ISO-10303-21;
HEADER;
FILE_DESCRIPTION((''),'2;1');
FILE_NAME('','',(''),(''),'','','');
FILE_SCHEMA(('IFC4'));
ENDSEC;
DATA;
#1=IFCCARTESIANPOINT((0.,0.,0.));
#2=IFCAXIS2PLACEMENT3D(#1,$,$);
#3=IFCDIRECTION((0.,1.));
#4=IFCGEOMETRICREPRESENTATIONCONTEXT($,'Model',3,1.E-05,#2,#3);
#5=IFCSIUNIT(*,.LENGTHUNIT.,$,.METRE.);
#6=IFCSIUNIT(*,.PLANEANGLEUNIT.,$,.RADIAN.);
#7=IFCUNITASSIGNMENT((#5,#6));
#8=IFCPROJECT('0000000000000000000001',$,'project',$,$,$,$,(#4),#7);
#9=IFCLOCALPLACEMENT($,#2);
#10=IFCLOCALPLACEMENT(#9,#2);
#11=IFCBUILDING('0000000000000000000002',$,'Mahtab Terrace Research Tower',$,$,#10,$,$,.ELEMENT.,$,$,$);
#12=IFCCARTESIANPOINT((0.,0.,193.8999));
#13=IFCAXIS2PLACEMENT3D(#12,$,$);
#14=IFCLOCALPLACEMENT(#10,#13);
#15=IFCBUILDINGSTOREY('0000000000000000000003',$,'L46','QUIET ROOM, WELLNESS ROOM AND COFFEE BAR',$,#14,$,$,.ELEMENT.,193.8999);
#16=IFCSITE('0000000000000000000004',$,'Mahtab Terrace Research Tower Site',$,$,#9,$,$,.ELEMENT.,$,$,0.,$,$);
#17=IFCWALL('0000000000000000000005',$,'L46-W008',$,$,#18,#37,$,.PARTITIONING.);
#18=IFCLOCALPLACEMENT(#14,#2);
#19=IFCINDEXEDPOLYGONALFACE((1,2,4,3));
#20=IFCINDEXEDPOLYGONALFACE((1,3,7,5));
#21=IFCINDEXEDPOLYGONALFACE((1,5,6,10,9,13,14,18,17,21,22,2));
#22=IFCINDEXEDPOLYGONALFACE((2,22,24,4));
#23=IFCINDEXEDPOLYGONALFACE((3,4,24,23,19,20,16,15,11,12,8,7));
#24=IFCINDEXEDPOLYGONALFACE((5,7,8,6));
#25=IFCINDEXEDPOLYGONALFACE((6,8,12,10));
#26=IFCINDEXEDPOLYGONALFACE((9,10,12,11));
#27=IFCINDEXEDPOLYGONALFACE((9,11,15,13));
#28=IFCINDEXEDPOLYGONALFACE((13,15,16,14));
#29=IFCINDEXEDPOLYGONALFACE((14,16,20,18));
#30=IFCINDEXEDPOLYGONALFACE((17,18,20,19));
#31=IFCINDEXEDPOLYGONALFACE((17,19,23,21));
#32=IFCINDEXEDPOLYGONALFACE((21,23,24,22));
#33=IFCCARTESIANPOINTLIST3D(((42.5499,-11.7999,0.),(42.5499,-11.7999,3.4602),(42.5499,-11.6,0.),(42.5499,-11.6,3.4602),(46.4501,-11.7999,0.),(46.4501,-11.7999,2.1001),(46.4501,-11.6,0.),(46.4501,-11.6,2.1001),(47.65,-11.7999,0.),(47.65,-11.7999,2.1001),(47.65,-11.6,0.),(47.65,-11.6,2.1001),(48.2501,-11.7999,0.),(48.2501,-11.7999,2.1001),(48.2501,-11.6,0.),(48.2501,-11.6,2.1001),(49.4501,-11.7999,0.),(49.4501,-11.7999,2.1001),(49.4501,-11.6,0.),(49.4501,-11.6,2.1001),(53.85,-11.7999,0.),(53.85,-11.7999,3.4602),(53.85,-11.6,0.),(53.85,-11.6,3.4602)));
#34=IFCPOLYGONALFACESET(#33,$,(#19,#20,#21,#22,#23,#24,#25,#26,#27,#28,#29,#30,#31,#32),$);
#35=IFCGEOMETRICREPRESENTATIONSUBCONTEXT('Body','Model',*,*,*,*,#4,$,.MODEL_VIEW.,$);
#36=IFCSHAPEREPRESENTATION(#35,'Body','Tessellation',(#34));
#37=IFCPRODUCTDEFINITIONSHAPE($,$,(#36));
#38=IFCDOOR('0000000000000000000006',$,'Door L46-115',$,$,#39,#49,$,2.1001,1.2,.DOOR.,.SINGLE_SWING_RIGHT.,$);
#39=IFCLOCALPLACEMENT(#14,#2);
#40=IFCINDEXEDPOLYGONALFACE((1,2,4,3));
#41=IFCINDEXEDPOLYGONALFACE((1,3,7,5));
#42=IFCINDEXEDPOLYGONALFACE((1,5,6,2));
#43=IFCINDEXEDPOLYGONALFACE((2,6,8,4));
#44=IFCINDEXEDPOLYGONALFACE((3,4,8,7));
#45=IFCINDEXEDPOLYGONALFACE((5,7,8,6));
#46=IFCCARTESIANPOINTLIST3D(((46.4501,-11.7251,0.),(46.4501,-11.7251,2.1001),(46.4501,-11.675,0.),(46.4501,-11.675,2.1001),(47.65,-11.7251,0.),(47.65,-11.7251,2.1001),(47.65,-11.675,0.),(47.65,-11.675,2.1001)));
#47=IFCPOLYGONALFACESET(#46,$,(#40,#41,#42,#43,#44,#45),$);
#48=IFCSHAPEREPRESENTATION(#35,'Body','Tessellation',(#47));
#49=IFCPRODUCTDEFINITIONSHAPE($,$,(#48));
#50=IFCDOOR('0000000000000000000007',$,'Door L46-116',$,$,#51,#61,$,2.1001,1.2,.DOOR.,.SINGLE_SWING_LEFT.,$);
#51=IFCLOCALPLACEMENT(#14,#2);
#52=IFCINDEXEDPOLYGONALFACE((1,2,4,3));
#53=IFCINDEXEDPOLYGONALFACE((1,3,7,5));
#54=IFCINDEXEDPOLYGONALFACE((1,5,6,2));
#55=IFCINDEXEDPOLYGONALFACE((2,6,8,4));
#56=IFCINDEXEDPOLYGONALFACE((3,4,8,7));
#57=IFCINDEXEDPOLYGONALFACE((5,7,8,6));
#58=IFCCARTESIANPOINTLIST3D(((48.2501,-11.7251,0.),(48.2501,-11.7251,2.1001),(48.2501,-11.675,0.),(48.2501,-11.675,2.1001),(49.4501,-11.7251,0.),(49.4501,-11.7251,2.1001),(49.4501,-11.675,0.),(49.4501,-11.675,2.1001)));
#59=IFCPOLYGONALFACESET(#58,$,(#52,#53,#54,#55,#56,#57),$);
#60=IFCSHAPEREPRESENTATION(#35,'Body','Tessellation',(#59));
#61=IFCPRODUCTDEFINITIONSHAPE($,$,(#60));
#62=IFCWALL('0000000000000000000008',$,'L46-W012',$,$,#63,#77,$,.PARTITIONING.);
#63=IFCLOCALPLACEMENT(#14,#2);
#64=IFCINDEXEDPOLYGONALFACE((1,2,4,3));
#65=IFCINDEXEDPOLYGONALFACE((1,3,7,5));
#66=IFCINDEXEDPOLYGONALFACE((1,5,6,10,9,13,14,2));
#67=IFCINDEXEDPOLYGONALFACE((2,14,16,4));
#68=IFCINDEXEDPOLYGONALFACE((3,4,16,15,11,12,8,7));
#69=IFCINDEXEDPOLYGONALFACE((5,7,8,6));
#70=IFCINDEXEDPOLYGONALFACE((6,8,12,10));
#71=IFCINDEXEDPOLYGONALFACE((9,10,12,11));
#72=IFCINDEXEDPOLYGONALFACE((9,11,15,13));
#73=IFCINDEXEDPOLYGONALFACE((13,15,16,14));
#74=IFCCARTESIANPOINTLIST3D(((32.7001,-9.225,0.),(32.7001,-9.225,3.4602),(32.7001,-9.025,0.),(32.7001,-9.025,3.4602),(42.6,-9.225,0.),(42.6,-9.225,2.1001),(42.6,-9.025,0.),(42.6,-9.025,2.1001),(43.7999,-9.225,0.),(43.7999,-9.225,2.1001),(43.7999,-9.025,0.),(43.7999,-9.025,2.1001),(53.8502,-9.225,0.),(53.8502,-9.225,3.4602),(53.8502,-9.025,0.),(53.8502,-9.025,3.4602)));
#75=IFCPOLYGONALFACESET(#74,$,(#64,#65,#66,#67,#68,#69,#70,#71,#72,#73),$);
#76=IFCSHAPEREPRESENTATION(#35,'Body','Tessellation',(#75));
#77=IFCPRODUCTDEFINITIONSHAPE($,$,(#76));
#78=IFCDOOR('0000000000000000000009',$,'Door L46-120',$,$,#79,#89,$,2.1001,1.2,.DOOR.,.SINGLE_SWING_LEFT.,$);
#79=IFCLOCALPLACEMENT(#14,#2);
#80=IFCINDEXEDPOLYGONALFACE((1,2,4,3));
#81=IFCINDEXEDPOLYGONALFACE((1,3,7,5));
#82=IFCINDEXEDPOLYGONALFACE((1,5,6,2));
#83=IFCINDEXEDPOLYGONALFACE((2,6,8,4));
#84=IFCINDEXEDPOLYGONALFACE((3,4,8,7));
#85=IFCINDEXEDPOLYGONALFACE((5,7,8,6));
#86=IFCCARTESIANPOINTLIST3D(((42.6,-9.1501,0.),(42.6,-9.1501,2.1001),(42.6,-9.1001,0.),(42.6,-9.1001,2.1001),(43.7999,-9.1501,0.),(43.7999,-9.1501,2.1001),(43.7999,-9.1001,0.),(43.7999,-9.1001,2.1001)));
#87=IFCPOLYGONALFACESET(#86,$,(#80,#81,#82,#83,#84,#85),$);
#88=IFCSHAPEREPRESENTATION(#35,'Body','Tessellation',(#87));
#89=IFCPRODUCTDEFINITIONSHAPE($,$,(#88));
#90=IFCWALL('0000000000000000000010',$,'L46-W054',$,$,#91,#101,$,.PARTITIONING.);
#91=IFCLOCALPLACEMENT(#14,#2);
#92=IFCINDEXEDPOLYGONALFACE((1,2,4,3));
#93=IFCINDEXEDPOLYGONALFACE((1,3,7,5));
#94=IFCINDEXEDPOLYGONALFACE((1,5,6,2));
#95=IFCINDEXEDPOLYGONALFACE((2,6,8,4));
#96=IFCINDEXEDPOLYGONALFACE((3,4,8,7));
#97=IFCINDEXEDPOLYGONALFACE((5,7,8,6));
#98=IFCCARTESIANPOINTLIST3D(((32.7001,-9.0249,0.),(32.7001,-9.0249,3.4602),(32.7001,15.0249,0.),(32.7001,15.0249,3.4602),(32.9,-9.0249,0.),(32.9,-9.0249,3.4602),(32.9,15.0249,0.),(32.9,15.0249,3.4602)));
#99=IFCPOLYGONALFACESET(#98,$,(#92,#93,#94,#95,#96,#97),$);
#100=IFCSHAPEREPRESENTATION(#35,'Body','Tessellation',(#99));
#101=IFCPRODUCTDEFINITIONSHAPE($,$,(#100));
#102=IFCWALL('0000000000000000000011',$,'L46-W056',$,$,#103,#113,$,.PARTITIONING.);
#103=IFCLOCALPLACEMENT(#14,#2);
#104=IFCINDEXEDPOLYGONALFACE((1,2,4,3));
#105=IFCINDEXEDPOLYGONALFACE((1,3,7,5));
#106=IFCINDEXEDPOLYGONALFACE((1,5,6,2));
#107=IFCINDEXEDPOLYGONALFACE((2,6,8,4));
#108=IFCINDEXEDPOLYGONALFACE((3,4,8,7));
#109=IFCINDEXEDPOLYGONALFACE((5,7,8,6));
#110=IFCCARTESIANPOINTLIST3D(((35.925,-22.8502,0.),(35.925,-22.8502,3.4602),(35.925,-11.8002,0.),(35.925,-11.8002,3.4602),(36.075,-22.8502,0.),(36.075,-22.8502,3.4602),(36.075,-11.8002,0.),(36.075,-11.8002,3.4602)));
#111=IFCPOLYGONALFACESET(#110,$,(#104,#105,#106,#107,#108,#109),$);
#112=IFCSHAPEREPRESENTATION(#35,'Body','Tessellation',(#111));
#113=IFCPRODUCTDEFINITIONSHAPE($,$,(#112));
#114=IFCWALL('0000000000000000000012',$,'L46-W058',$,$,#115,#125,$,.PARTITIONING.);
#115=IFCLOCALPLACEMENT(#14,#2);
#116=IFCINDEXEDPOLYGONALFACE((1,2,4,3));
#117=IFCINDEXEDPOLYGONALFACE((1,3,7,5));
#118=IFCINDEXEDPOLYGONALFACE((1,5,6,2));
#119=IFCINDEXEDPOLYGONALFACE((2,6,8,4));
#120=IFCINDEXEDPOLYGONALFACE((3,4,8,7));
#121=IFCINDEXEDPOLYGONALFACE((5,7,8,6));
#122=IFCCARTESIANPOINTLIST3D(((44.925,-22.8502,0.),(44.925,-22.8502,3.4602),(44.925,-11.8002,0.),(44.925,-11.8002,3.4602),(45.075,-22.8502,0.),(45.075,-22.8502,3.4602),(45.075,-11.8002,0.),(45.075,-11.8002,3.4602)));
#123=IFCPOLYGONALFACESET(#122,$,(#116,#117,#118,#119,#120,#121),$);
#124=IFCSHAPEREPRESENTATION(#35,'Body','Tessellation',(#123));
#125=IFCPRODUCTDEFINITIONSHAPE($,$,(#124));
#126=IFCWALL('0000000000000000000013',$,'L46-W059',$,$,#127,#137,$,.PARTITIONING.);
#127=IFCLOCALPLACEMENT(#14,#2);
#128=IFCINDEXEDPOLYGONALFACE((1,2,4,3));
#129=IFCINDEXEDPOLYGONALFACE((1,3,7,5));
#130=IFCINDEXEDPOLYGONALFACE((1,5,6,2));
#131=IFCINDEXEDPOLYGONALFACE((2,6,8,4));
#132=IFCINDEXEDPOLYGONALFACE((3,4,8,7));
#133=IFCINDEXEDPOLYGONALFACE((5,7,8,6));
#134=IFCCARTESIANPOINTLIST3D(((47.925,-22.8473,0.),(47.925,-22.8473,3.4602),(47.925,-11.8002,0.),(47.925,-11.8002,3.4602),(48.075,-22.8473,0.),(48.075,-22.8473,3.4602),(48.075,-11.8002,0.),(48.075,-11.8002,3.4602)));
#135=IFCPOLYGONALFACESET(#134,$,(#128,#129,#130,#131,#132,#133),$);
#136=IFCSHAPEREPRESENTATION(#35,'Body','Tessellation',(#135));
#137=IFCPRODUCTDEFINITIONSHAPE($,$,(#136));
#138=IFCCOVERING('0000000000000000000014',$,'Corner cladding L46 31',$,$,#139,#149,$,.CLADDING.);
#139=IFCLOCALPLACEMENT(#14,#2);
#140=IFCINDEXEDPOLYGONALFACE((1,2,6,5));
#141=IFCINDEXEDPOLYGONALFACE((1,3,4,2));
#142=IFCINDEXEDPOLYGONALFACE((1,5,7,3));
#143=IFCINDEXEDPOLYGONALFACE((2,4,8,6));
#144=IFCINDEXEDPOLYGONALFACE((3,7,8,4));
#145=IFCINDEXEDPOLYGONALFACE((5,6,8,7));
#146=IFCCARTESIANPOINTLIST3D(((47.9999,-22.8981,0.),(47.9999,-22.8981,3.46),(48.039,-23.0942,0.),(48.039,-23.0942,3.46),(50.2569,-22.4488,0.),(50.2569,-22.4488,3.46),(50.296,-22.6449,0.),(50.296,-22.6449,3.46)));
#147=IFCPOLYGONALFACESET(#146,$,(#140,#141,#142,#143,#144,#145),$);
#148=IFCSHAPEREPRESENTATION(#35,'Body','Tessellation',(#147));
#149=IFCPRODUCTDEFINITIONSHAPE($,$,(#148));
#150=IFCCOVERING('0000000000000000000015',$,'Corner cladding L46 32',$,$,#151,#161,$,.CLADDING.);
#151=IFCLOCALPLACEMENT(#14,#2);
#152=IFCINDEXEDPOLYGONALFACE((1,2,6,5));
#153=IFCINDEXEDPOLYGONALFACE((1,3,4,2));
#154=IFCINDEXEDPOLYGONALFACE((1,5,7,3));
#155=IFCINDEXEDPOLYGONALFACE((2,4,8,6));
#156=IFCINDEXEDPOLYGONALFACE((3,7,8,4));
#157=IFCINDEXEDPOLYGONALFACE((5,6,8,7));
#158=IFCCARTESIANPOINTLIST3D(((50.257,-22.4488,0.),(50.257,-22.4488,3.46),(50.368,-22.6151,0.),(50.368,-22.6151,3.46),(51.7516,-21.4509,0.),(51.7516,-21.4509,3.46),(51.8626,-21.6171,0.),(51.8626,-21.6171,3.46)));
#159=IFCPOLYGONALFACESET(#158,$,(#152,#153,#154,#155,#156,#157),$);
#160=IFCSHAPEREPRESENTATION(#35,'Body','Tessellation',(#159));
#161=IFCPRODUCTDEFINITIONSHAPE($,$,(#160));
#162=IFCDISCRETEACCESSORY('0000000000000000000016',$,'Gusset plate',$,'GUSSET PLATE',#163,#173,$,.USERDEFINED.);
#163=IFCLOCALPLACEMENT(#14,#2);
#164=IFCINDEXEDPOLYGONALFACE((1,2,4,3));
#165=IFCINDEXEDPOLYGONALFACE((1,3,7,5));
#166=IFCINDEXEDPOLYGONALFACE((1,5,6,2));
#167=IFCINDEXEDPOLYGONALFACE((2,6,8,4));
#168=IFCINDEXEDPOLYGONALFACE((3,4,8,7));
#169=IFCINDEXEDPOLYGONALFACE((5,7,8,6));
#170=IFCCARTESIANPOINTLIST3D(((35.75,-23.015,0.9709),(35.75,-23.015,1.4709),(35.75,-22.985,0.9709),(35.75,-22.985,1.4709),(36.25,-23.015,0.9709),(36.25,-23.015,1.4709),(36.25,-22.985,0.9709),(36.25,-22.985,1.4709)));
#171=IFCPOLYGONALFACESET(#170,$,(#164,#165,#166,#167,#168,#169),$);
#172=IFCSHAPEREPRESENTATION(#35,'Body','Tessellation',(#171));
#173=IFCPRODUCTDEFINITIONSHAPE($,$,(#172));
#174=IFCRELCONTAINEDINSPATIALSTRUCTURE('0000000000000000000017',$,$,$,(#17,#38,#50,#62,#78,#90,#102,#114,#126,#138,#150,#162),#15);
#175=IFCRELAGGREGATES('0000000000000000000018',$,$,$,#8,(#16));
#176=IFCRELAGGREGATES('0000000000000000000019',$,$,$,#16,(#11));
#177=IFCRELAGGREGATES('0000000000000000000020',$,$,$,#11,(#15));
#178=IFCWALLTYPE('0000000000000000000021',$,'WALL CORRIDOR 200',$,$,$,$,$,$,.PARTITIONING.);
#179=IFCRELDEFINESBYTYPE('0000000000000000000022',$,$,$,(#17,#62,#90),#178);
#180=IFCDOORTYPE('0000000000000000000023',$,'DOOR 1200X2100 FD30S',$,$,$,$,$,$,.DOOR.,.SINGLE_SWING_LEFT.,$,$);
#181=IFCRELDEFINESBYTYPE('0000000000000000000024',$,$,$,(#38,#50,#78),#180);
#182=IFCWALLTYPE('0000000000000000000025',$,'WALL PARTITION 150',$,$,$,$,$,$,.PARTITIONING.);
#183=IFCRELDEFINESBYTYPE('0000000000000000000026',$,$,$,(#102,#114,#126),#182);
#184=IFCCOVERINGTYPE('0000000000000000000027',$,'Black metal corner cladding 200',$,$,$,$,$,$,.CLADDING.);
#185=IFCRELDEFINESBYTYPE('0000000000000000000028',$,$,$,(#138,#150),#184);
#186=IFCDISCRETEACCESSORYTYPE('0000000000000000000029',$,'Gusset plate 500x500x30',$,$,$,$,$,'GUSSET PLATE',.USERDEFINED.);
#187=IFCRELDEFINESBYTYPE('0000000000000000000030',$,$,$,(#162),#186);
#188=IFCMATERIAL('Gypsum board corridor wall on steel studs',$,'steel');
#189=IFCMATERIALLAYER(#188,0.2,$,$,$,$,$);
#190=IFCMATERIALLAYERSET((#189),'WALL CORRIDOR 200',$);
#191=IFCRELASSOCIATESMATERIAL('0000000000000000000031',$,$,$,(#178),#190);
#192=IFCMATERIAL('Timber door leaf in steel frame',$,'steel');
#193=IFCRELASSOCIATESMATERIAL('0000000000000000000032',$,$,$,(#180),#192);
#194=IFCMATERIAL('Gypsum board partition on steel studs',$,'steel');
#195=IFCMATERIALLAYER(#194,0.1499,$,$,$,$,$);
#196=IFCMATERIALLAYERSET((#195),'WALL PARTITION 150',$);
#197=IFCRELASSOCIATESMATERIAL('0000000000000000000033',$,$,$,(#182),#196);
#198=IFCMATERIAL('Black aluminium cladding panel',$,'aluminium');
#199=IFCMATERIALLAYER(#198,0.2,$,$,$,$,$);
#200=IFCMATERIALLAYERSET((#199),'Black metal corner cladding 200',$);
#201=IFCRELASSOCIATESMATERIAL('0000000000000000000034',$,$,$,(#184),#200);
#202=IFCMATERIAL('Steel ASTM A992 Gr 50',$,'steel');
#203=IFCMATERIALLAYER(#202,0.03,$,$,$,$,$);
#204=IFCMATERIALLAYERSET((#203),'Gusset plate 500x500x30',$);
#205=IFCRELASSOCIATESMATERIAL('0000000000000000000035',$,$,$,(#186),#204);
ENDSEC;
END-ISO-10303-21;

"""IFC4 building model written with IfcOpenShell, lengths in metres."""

from ifc_helpers import new_model, si_unit, direction, frame, frame_2d, origin, origin_2d, place, context, subcontext, project, spatial, rectangle, extrude, material, layer, layer_set, type_object, element, fill, save


model = new_model("IFC4")

# Units and contexts
model_context = context("Model", 3, precision=1e-05, world=origin(), true_north=direction((0.0, 1.0)))
body_context = subcontext(model_context, "Body", "Model", "MODEL_VIEW")
ifc_project = project(units=[si_unit("LENGTHUNIT", "METRE"), si_unit("PLANEANGLEUNIT", "RADIAN")], contexts=[model_context])

# Site, building, storey
site_placement = place(None, origin())
site = spatial("IfcSite", under=ifc_project, at=site_placement, Name="Mahtab Terrace Research Tower Site", CompositionType="ELEMENT", RefElevation=0.0)
building_placement = place(site_placement, origin())
building = spatial("IfcBuilding", under=site, at=building_placement, Name="Mahtab Terrace Research Tower", CompositionType="ELEMENT")
storey_placement = place(building_placement, frame((0.0, 0.0, 193.8999)))
storey = spatial("IfcBuildingStorey", under=building, at=storey_placement, Name="L46", Description="QUIET ROOM, WELLNESS ROOM AND COFFEE BAR", CompositionType="ELEMENT", Elevation=193.8999)

# Shared definitions
ifc_material_1 = material(Name="Steel ASTM A992 Gr 50", Category="steel")

# Shared definitions
ifc_material_2 = material(Name="Black aluminium cladding panel", Category="aluminium")

# Wall, openings, doors
ifc_material_3 = material(Name="Gypsum board corridor wall on steel studs", Category="steel")
ifc_layer_1 = layer(ifc_material_3, 0.2)
ifc_layer_set_1 = layer_set([ifc_layer_1], Name="WALL CORRIDOR 200")
wall_type_1 = type_object("IfcWallType", Name="WALL CORRIDOR 200", PredefinedType="PARTITIONING", material=ifc_layer_set_1)
ifc_material_4 = material(Name="Timber door leaf in steel frame", Category="steel")
door_type_1 = type_object("IfcDoorType", Name="DOOR 1200X2100 FD30S", OperationType="SINGLE_SWING_LEFT", PredefinedType="DOOR", material=ifc_material_4)
wall_1_placement = place(storey_placement, frame((42.55, -11.7, 0.0), z_axis=(0.0, 0.0, 1.0), x_axis=(1.0, 0.0, 0.0)))
wall_1 = element("IfcWall", 1, at=wall_1_placement, inside=storey, type_object=wall_type_1, Name="L46-W008", PredefinedType="PARTITIONING", context=body_context, shape_type="SweptSolid", body=[
    extrude(rectangle(XDim=11.3, YDim=0.2, at=frame_2d((5.6499, 0.0))), origin(), (0.0, 0.0, 1.0), 3.4602),
])
opening_1_placement = place(wall_1_placement, frame((3.8999, 0.0, 0.0)))
opening_1 = element("IfcOpeningElement", 2, at=opening_1_placement, cuts=wall_1, PredefinedType="OPENING", context=body_context, shape_type="SweptSolid", body=[
    extrude(rectangle(XDim=1.2, YDim=2.1001, at=frame_2d((0.6001, 1.05))), frame((0.0, 0.1099, 0.0), z_axis=(0.0, -1.0, 0.0), x_axis=(1.0, 0.0, 0.0)), (0.0, 0.0, 1.0), 0.22),
])
opening_2_placement = place(wall_1_placement, frame((5.7, 0.0, 0.0)))
opening_2 = element("IfcOpeningElement", 3, at=opening_2_placement, cuts=wall_1, PredefinedType="OPENING", context=body_context, shape_type="SweptSolid", body=[
    extrude(rectangle(XDim=1.2, YDim=2.1001, at=frame_2d((0.6001, 1.05))), frame((0.0, 0.1099, 0.0), z_axis=(0.0, -1.0, 0.0), x_axis=(1.0, 0.0, 0.0)), (0.0, 0.0, 1.0), 0.22),
])
door_1_placement = place(opening_1_placement, origin())
door_1 = element("IfcDoor", 4, at=door_1_placement, inside=storey, type_object=door_type_1, Name="Door L46-115", OperationType="SINGLE_SWING_RIGHT", OverallHeight=2.1001, OverallWidth=1.2, PredefinedType="DOOR", context=body_context, shape_type="SweptSolid", body=[
    extrude(rectangle(XDim=1.2, YDim=2.1001, at=frame_2d((0.6001, 1.05))), frame((0.0, 0.0249, 0.0), z_axis=(0.0, -1.0, 0.0), x_axis=(1.0, 0.0, 0.0)), (0.0, 0.0, 1.0), 0.05),
])
fill(opening_1, door_1)
door_2_placement = place(opening_2_placement, origin())
door_2 = element("IfcDoor", 5, at=door_2_placement, inside=storey, type_object=door_type_1, Name="Door L46-116", OperationType="SINGLE_SWING_LEFT", OverallHeight=2.1001, OverallWidth=1.2, PredefinedType="DOOR", context=body_context, shape_type="SweptSolid", body=[
    extrude(rectangle(XDim=1.2, YDim=2.1001, at=frame_2d((0.6001, 1.05))), frame((0.0, 0.0249, 0.0), z_axis=(0.0, -1.0, 0.0), x_axis=(1.0, 0.0, 0.0)), (0.0, 0.0, 1.0), 0.05),
])
fill(opening_2, door_2)

# Wall, opening, door
wall_2_placement = place(storey_placement, frame((32.7, -9.125, 0.0), z_axis=(0.0, 0.0, 1.0), x_axis=(1.0, 0.0, 0.0)))
wall_2 = element("IfcWall", 6, at=wall_2_placement, inside=storey, type_object=wall_type_1, Name="L46-W012", PredefinedType="PARTITIONING", context=body_context, shape_type="SweptSolid", body=[
    extrude(rectangle(XDim=21.1501, YDim=0.2, at=frame_2d((10.5752, 0.0))), origin(), (0.0, 0.0, 1.0), 3.4602),
])
opening_3_placement = place(wall_2_placement, frame((9.8999, 0.0, 0.0)))
opening_3 = element("IfcOpeningElement", 7, at=opening_3_placement, cuts=wall_2, PredefinedType="OPENING", context=body_context, shape_type="SweptSolid", body=[
    extrude(rectangle(XDim=1.2, YDim=2.1001, at=frame_2d((0.6001, 1.05))), frame((0.0, 0.1099, 0.0), z_axis=(0.0, -1.0, 0.0), x_axis=(1.0, 0.0, 0.0)), (0.0, 0.0, 1.0), 0.22),
])
door_3_placement = place(opening_3_placement, origin())
door_3 = element("IfcDoor", 8, at=door_3_placement, inside=storey, type_object=door_type_1, Name="Door L46-120", OperationType="SINGLE_SWING_LEFT", OverallHeight=2.1001, OverallWidth=1.2, PredefinedType="DOOR", context=body_context, shape_type="SweptSolid", body=[
    extrude(rectangle(XDim=1.2, YDim=2.1001, at=frame_2d((0.6001, 1.05))), frame((0.0, 0.0249, 0.0), z_axis=(0.0, -1.0, 0.0), x_axis=(1.0, 0.0, 0.0)), (0.0, 0.0, 1.0), 0.05),
])
fill(opening_3, door_3)

# Walls
wall_3_placement = place(storey_placement, frame((32.8, -9.0249, 0.0), z_axis=(0.0, 0.0, 1.0), x_axis=(0.0, 1.0, 0.0)))
element("IfcWall", 9, at=wall_3_placement, inside=storey, type_object=wall_type_1, Name="L46-W054", PredefinedType="PARTITIONING", context=body_context, shape_type="SweptSolid", body=[
    extrude(rectangle(XDim=24.0498, YDim=0.2, at=frame_2d((12.0249, 0.0))), origin(), (0.0, 0.0, 1.0), 3.4602),
])
ifc_material_5 = material(Name="Gypsum board partition on steel studs", Category="steel")
ifc_layer_2 = layer(ifc_material_5, 0.1499)
ifc_layer_set_2 = layer_set([ifc_layer_2], Name="WALL PARTITION 150")
wall_type_2 = type_object("IfcWallType", Name="WALL PARTITION 150", PredefinedType="PARTITIONING", material=ifc_layer_set_2)
for number, where, z_axis, x_axis, name in (
    (10, (36.0, -22.8501, 0.0), (0.0, 0.0, 1.0), (0.0, 1.0, 0.0), "L46-W056"),
    (11, (45.0, -22.8501, 0.0), (0.0, 0.0, 1.0), (0.0, 1.0, 0.0), "L46-W058"),
):
    element("IfcWall", number, at=place(storey_placement, frame(where, z_axis=z_axis, x_axis=x_axis)), inside=storey, type_object=wall_type_2, Name=name, PredefinedType="PARTITIONING", context=body_context, shape_type="SweptSolid", body=[
        extrude(rectangle(XDim=11.05, YDim=0.1499, at=frame_2d((5.5249, 0.0))), origin(), (0.0, 0.0, 1.0), 3.4602),
    ])
wall_4_placement = place(storey_placement, frame((48.0, -22.8472, 0.0), z_axis=(0.0, 0.0, 1.0), x_axis=(0.0, 1.0, 0.0)))
element("IfcWall", 12, at=wall_4_placement, inside=storey, type_object=wall_type_2, Name="L46-W059", PredefinedType="PARTITIONING", context=body_context, shape_type="SweptSolid", body=[
    extrude(rectangle(XDim=11.0471, YDim=0.1499, at=frame_2d((5.5234, 0.0))), origin(), (0.0, 0.0, 1.0), 3.4602),
])

# Coverings
ifc_layer_3 = layer(ifc_material_2, 0.2)
ifc_layer_set_3 = layer_set([ifc_layer_3], Name="Black metal corner cladding 200")
covering_type = type_object("IfcCoveringType", Name="Black metal corner cladding 200", PredefinedType="CLADDING", material=ifc_layer_set_3)
covering_1_placement = place(storey_placement, frame((49.1479, -22.7715, 0.0), z_axis=(0.0, 0.0, 1.0), x_axis=(0.980761, 0.195212, 0.0)))
element("IfcCovering", 13, at=covering_1_placement, inside=storey, type_object=covering_type, Name="Corner cladding L46 31", PredefinedType="CLADDING", context=body_context, shape_type="SweptSolid", body=[
    extrude(rectangle(XDim=2.3013, YDim=0.2, at=origin_2d()), origin(), (0.0, 0.0, 1.0), 3.46),
])
covering_2_placement = place(storey_placement, frame((51.0598, -22.033, 0.0), z_axis=(0.0, 0.0, 1.0), x_axis=(0.831656, 0.555291, 0.0)))
element("IfcCovering", 14, at=covering_2_placement, inside=storey, type_object=covering_type, Name="Corner cladding L46 32", PredefinedType="CLADDING", context=body_context, shape_type="SweptSolid", body=[
    extrude(rectangle(XDim=1.7971, YDim=0.2, at=origin_2d()), origin(), (0.0, 0.0, 1.0), 3.46),
])

# Discrete accessory
ifc_layer_4 = layer(ifc_material_1, 0.03)
ifc_layer_set_4 = layer_set([ifc_layer_4], Name="Gusset plate 500x500x30")
discrete_accessory_type = type_object("IfcDiscreteAccessoryType", Name="Gusset plate 500x500x30", ElementType="GUSSET PLATE", PredefinedType="USERDEFINED", material=ifc_layer_set_4)
for number, where, z_axis, x_axis, name in (
    (15, (36.0, -23.0, 0.9709), (0.0, 0.0, 1.0), (1.0, 0.0, 0.0), "Gusset plate"),
):
    element("IfcDiscreteAccessory", number, at=place(storey_placement, frame(where, z_axis=z_axis, x_axis=x_axis)), inside=storey, type_object=discrete_accessory_type, Name=name, ObjectType="GUSSET PLATE", PredefinedType="USERDEFINED", context=body_context, shape_type="SweptSolid", body=[
        extrude(rectangle(XDim=0.5, YDim=0.03, at=origin_2d()), origin(), (0.0, 0.0, 1.0), 0.5),
    ])

save(model, "model.ifc")
